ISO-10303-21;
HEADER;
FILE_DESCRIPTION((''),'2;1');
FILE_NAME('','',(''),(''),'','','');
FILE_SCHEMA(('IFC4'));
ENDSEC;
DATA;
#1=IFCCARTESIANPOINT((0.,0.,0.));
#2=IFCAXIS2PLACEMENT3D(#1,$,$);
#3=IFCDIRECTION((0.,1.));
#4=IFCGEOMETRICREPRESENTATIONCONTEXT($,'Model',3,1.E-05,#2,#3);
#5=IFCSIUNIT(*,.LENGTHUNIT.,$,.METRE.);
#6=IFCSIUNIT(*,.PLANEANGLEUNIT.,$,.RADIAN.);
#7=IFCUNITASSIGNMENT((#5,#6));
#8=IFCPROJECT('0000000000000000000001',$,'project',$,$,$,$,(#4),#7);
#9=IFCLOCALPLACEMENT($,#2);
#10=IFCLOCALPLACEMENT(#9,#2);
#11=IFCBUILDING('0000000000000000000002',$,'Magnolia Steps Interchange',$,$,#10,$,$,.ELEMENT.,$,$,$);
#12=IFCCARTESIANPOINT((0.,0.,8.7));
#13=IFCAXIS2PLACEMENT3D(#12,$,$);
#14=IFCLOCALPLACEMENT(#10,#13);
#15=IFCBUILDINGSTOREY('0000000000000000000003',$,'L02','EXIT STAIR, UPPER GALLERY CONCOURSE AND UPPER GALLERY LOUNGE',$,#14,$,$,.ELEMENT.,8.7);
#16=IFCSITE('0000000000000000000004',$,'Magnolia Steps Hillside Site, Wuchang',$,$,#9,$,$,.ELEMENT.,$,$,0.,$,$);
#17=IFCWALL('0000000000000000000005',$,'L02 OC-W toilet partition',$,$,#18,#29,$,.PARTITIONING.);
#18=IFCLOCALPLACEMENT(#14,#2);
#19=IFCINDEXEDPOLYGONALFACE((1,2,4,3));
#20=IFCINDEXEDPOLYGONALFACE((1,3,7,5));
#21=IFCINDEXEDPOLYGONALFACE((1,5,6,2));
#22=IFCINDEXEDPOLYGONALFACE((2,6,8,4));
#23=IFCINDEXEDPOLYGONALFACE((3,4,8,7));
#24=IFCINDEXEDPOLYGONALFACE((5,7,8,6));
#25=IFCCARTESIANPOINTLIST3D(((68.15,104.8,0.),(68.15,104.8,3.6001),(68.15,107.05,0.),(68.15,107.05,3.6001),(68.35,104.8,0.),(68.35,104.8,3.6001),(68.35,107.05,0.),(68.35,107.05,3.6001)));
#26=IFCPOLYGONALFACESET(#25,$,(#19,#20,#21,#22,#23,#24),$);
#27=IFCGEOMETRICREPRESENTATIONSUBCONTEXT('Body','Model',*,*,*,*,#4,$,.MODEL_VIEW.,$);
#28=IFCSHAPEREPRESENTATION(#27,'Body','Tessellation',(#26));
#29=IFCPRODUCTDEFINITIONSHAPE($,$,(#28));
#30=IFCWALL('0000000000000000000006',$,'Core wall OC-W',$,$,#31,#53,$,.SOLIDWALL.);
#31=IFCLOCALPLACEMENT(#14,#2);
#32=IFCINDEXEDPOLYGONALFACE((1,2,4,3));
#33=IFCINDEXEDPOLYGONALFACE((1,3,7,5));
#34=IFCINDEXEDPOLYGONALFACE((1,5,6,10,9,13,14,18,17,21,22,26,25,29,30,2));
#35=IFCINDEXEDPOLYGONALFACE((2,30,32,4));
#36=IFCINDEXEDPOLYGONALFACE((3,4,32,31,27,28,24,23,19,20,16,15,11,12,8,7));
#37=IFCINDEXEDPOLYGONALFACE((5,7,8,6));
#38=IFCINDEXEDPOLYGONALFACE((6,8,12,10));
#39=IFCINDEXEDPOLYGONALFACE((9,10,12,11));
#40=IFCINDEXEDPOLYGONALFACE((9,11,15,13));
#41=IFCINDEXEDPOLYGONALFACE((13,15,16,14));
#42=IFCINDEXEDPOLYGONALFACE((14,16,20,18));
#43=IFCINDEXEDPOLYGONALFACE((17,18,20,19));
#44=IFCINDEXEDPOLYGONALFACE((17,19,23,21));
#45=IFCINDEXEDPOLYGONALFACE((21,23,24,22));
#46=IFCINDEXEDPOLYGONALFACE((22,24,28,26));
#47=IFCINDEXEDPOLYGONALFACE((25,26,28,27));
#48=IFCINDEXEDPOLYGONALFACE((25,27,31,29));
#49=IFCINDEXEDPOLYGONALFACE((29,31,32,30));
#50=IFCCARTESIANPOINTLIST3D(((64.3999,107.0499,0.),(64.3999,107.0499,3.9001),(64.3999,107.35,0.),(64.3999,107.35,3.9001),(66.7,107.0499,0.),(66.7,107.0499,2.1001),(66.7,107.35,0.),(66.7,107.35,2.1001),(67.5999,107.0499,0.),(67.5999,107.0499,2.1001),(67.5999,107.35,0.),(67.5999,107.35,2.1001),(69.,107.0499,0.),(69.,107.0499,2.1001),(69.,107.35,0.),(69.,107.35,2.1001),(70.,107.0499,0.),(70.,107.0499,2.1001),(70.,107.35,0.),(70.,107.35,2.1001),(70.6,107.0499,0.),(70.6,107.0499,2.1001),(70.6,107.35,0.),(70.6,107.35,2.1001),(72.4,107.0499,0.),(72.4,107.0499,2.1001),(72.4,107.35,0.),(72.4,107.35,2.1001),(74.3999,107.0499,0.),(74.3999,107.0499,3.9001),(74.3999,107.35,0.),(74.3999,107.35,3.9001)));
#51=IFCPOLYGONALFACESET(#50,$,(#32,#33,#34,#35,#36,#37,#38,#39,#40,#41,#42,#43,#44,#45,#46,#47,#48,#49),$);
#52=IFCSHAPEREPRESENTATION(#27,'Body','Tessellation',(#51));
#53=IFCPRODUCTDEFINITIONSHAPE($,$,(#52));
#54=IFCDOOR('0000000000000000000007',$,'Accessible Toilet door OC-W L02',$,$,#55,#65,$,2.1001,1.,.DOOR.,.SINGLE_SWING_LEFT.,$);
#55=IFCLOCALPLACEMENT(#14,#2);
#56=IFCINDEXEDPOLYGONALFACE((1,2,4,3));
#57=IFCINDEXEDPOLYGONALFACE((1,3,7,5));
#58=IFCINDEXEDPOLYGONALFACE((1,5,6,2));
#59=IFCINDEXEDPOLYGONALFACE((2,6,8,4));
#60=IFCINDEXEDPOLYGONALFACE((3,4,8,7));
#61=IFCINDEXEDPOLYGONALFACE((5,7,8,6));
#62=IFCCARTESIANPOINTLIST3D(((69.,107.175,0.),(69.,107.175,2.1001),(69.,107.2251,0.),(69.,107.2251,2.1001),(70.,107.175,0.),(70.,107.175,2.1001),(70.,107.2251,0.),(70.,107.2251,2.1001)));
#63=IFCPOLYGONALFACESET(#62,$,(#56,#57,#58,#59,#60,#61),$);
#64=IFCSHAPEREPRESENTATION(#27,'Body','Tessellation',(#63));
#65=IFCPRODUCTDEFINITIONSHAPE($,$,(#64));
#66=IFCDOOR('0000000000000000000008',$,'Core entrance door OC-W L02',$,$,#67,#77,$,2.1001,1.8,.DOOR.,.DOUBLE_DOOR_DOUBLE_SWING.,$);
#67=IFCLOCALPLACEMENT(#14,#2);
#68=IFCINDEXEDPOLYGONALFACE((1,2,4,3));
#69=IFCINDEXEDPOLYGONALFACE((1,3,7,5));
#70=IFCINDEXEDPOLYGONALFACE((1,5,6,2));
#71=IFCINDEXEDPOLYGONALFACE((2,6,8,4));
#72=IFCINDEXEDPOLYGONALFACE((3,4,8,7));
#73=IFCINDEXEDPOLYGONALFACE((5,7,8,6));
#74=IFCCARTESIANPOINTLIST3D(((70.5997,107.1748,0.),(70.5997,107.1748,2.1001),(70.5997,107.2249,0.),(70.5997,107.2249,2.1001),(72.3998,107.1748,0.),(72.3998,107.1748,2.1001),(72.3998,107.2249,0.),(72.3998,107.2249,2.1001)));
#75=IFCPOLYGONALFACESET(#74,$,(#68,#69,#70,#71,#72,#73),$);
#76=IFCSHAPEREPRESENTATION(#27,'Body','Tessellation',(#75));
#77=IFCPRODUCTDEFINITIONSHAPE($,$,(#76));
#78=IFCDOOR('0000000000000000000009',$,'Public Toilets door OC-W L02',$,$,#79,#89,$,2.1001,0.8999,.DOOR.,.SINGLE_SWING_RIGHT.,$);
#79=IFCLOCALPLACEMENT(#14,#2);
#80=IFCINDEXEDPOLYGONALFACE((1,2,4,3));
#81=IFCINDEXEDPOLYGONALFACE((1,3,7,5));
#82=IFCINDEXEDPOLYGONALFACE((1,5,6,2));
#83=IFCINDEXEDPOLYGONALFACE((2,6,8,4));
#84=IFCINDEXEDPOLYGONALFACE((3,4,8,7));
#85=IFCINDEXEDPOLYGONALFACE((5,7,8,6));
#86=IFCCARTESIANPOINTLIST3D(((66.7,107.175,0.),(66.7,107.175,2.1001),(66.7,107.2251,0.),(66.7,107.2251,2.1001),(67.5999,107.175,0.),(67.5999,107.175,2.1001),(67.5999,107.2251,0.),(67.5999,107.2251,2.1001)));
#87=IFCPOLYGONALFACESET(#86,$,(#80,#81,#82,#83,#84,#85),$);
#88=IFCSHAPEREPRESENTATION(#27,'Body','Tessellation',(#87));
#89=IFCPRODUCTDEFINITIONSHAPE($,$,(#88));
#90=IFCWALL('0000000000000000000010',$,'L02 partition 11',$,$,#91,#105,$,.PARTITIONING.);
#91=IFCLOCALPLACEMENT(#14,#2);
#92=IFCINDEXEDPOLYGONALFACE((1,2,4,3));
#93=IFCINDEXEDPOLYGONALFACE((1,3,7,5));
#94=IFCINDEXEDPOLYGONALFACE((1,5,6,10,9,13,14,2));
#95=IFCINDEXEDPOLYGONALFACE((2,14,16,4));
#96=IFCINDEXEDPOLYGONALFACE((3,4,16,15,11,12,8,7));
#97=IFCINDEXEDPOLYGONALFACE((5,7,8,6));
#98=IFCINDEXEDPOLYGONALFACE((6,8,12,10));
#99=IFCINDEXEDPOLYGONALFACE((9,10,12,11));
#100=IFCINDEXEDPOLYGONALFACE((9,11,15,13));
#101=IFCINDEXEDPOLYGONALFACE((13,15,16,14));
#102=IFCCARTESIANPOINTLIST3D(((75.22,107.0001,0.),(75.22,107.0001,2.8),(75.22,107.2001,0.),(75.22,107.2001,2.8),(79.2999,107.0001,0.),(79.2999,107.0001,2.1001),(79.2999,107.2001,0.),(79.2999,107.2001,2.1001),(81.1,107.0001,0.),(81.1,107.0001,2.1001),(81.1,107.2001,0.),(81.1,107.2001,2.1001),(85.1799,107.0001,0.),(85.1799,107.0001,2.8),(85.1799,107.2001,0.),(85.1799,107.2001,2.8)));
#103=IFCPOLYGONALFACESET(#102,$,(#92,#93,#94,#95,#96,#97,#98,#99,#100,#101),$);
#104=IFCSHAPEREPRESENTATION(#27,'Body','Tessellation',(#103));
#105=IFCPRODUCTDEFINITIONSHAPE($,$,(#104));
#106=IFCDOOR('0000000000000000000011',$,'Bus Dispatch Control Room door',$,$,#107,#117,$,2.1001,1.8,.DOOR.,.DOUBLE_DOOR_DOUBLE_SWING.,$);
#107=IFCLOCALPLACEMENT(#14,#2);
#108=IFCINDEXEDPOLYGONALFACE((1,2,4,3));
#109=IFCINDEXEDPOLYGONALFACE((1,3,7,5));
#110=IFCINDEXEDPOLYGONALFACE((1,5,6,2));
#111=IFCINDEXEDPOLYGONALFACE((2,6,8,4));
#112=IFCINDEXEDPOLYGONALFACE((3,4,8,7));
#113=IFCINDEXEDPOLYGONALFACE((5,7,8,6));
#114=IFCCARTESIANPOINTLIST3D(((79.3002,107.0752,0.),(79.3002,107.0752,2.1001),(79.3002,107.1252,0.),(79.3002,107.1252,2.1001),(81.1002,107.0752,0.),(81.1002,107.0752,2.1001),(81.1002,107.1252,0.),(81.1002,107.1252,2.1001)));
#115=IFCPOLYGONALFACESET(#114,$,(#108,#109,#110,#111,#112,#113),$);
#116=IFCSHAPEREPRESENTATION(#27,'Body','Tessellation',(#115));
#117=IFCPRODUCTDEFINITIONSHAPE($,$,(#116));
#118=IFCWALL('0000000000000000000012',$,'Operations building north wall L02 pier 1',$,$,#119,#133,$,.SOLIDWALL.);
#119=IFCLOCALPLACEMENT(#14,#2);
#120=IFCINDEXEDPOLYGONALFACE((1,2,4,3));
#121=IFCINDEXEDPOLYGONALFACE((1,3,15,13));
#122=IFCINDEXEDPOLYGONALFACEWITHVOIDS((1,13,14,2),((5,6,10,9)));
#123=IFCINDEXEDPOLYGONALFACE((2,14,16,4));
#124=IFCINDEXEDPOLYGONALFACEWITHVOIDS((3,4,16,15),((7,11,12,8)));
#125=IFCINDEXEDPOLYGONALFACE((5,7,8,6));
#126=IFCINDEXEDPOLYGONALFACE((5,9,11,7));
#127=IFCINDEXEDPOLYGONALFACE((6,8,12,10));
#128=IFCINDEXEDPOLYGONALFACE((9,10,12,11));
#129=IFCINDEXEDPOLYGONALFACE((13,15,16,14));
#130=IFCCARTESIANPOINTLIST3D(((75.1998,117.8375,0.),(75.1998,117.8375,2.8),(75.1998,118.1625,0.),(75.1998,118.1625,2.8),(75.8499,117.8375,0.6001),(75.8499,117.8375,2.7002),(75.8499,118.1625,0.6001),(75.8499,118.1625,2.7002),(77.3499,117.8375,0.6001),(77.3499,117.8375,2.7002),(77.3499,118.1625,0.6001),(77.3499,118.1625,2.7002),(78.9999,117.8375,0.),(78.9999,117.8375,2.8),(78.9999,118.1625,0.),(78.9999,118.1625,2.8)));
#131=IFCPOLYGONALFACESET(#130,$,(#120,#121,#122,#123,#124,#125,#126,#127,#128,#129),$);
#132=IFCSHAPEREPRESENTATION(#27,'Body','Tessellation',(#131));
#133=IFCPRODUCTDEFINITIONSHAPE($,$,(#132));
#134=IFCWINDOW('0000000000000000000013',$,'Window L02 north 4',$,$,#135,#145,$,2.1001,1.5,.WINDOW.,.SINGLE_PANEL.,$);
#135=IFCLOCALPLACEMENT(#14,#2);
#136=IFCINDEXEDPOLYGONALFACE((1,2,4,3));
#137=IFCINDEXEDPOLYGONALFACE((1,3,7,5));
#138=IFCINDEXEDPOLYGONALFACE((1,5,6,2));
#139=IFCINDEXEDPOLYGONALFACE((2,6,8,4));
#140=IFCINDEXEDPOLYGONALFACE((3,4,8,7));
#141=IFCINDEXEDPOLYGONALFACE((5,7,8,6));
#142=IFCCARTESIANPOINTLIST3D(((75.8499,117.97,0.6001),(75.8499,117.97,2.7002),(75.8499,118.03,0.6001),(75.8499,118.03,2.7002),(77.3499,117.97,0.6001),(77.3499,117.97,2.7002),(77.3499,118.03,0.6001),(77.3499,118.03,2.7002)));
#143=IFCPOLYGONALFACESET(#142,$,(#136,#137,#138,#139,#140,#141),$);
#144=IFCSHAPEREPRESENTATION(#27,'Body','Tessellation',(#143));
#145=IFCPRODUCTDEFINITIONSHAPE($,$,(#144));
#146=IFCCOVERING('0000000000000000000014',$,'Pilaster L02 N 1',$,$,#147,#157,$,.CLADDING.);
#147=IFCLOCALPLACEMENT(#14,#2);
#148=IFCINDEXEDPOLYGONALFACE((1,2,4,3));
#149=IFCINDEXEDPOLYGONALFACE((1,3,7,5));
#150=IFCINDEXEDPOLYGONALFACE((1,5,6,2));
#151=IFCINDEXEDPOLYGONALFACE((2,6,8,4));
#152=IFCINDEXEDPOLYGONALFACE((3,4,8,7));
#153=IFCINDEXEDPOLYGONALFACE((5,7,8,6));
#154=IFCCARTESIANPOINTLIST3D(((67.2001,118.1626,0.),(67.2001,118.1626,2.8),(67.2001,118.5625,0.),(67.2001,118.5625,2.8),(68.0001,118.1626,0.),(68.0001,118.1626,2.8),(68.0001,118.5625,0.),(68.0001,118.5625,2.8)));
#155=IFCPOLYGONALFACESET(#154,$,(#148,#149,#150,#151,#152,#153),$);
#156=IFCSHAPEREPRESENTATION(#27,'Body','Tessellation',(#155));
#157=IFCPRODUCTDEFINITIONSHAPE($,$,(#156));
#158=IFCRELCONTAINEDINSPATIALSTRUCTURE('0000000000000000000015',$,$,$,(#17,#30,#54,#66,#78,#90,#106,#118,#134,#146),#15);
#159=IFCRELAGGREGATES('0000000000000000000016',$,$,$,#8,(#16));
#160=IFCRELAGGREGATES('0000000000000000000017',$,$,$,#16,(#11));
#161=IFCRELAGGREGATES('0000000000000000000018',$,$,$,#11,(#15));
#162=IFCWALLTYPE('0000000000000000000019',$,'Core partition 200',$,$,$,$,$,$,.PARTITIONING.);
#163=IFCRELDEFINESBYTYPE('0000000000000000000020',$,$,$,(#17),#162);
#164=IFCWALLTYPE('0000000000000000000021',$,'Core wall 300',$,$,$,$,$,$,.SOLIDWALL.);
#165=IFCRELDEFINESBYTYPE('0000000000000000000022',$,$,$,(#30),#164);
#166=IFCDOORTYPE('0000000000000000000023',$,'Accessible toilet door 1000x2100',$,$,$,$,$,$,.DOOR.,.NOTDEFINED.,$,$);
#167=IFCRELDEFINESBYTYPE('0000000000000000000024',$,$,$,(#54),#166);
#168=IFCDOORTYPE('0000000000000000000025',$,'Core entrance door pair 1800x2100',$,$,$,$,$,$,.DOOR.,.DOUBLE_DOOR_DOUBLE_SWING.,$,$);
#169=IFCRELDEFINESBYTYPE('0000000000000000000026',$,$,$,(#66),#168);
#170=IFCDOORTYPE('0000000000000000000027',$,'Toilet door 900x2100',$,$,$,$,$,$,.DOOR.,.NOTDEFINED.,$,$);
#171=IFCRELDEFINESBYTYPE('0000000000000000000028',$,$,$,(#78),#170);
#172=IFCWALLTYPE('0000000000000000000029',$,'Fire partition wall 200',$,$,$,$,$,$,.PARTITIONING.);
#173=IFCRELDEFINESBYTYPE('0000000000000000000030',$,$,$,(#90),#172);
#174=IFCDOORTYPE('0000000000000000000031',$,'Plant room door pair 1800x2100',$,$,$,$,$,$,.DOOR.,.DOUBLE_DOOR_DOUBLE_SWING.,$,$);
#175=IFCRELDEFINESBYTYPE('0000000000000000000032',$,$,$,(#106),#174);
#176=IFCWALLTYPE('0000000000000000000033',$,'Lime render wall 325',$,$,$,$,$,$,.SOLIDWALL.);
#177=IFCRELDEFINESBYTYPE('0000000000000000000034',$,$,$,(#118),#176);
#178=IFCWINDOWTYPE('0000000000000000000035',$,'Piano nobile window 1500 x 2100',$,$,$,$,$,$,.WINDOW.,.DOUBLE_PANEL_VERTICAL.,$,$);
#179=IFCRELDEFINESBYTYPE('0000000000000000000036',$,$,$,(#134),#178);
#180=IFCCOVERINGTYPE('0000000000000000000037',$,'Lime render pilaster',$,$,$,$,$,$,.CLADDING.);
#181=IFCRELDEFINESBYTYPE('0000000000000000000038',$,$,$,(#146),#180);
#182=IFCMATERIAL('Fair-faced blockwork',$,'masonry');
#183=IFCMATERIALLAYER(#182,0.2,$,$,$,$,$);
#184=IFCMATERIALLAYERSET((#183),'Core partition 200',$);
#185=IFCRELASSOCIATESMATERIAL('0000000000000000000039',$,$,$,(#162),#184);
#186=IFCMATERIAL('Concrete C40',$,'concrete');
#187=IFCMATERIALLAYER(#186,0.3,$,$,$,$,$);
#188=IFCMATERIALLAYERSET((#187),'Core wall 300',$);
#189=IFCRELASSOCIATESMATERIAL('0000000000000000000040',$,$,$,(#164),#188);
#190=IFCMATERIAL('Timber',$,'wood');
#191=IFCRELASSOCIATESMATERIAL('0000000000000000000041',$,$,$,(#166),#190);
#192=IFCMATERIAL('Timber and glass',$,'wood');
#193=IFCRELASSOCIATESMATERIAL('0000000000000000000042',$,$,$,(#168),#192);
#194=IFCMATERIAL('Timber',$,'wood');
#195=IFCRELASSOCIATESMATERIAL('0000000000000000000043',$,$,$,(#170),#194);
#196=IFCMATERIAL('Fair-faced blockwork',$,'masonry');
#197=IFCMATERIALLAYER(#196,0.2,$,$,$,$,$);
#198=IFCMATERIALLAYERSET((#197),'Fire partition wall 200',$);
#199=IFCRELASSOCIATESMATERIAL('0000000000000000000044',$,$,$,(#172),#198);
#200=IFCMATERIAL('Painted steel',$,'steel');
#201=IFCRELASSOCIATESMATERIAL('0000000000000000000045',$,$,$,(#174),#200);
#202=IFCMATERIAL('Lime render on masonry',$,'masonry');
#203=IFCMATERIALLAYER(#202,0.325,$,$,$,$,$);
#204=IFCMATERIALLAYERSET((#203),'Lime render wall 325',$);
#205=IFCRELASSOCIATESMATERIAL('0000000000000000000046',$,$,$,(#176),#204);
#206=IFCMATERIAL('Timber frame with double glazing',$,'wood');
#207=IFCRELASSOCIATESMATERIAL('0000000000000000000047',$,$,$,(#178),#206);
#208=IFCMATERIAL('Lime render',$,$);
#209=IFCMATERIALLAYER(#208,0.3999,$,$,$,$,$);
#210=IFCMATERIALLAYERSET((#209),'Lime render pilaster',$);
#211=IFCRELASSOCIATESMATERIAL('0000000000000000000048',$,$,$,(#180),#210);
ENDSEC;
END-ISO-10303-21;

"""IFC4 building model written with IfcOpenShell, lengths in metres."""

from ifc_helpers import new_model, si_unit, direction, frame, frame_2d, origin, origin_2d, place, context, subcontext, project, spatial, rectangle, extrude, material, layer, layer_set, type_object, element, fill, save


model = new_model("IFC4")

# Units and contexts
model_context = context("Model", 3, precision=1e-05, world=origin(), true_north=direction((0.0, 1.0)))
body_context = subcontext(model_context, "Body", "Model", "MODEL_VIEW")
ifc_project = project(units=[si_unit("LENGTHUNIT", "METRE"), si_unit("PLANEANGLEUNIT", "RADIAN")], contexts=[model_context])

# Site, building, storey
site_placement = place(None, origin())
site = spatial("IfcSite", under=ifc_project, at=site_placement, Name="Magnolia Steps Hillside Site, Wuchang", CompositionType="ELEMENT", RefElevation=0.0)
building_placement = place(site_placement, origin())
building = spatial("IfcBuilding", under=site, at=building_placement, Name="Magnolia Steps Interchange", CompositionType="ELEMENT")
storey_placement = place(building_placement, frame((0.0, 0.0, 8.7)))
storey = spatial("IfcBuildingStorey", under=building, at=storey_placement, Name="L02", Description="EXIT STAIR, UPPER GALLERY CONCOURSE AND UPPER GALLERY LOUNGE", CompositionType="ELEMENT", Elevation=8.7)

# Wall
ifc_material_1 = material(Name="Fair-faced blockwork", Category="masonry")
ifc_layer_1 = layer(ifc_material_1, 0.2)
ifc_layer_set_1 = layer_set([ifc_layer_1], Name="Core partition 200")
wall_type_1 = type_object("IfcWallType", Name="Core partition 200", PredefinedType="PARTITIONING", material=ifc_layer_set_1)
wall_1_placement = place(storey_placement, frame((68.25, 104.8, 0.0), z_axis=(0.0, 0.0, 1.0), x_axis=(0.0, 1.0, 0.0)))
element("IfcWall", 1, at=wall_1_placement, inside=storey, type_object=wall_type_1, Name="L02 OC-W toilet partition", PredefinedType="PARTITIONING", context=body_context, shape_type="SweptSolid", body=[
    extrude(rectangle(XDim=2.25, YDim=0.2, at=frame_2d((1.125, 0.0))), origin(), (0.0, 0.0, 1.0), 3.6001),
])

# Wall, openings, doors
ifc_material_2 = material(Name="Concrete C40", Category="concrete")
ifc_layer_2 = layer(ifc_material_2, 0.3)
ifc_layer_set_2 = layer_set([ifc_layer_2], Name="Core wall 300")
wall_type_2 = type_object("IfcWallType", Name="Core wall 300", PredefinedType="SOLIDWALL", material=ifc_layer_set_2)
wall_2_placement = place(storey_placement, frame((74.3999, 107.2, 0.0), z_axis=(0.0, 0.0, 1.0), x_axis=(-1.0, 0.0, 0.0)))
wall_2 = element("IfcWall", 2, at=wall_2_placement, inside=storey, type_object=wall_type_2, Name="Core wall OC-W", PredefinedType="SOLIDWALL", context=body_context, shape_type="SweptSolid", body=[
    extrude(rectangle(XDim=10.0, YDim=0.3, at=frame_2d((5.0, 0.0))), origin(), (0.0, 0.0, 1.0), 3.9001),
])
opening_1_placement = place(wall_2_placement, frame((2.0, 0.0, 0.0)))
opening_1 = element("IfcOpeningElement", 3, at=opening_1_placement, cuts=wall_2, PredefinedType="OPENING", context=body_context, shape_type="SweptSolid", body=[
    extrude(rectangle(XDim=1.8, YDim=2.1001, at=frame_2d((0.8999, 1.05))), frame((0.0, 0.1599, 0.0), z_axis=(0.0, -1.0, 0.0), x_axis=(1.0, 0.0, 0.0)), (0.0, 0.0, 1.0), 0.3201),
])
opening_2_placement = place(wall_2_placement, frame((4.3999, 0.0, 0.0)))
opening_2 = element("IfcOpeningElement", 4, at=opening_2_placement, cuts=wall_2, PredefinedType="OPENING", context=body_context, shape_type="SweptSolid", body=[
    extrude(rectangle(XDim=1.0, YDim=2.1001, at=frame_2d((0.5, 1.05))), frame((0.0, 0.1599, 0.0), z_axis=(0.0, -1.0, 0.0), x_axis=(1.0, 0.0, 0.0)), (0.0, 0.0, 1.0), 0.3201),
])
opening_3_placement = place(wall_2_placement, frame((6.8, 0.0, 0.0)))
opening_3 = element("IfcOpeningElement", 5, at=opening_3_placement, cuts=wall_2, PredefinedType="OPENING", context=body_context, shape_type="SweptSolid", body=[
    extrude(rectangle(XDim=0.8999, YDim=2.1001, at=frame_2d((0.45, 1.05))), frame((0.0, 0.1599, 0.0), z_axis=(0.0, -1.0, 0.0), x_axis=(1.0, 0.0, 0.0)), (0.0, 0.0, 1.0), 0.3201),
])
ifc_material_3 = material(Name="Timber", Category="wood")
door_type_1 = type_object("IfcDoorType", Name="Accessible toilet door 1000x2100", OperationType="NOTDEFINED", PredefinedType="DOOR", material=ifc_material_3)
door_1_placement = place(opening_2_placement, origin())
door_1 = element("IfcDoor", 6, at=door_1_placement, inside=storey, type_object=door_type_1, Name="Accessible Toilet door OC-W L02", OperationType="SINGLE_SWING_LEFT", OverallHeight=2.1001, OverallWidth=1.0, PredefinedType="DOOR", context=body_context, shape_type="SweptSolid", body=[
    extrude(rectangle(XDim=1.0, YDim=2.1001, at=frame_2d((0.5, 1.05))), frame((0.0, 0.0249, 0.0), z_axis=(0.0, -1.0, 0.0), x_axis=(1.0, 0.0, 0.0)), (0.0, 0.0, 1.0), 0.05),
])
fill(opening_2, door_1)
ifc_material_4 = material(Name="Timber and glass", Category="wood")
door_type_2 = type_object("IfcDoorType", Name="Core entrance door pair 1800x2100", OperationType="DOUBLE_DOOR_DOUBLE_SWING", PredefinedType="DOOR", material=ifc_material_4)
door_2_placement = place(opening_1_placement, frame((1.8, 0.0, 0.0), z_axis=(0.0, 0.0, 1.0), x_axis=(-1.0, 0.0, 0.0)))
door_2 = element("IfcDoor", 7, at=door_2_placement, inside=storey, type_object=door_type_2, Name="Core entrance door OC-W L02", OperationType="DOUBLE_DOOR_DOUBLE_SWING", OverallHeight=2.1001, OverallWidth=1.8, PredefinedType="DOOR", context=body_context, shape_type="SweptSolid", body=[
    extrude(rectangle(XDim=1.8, YDim=2.1001, at=frame_2d((0.8999, 1.05))), frame((0.0, 0.0249, 0.0), z_axis=(0.0, -1.0, 0.0), x_axis=(1.0, 0.0, 0.0)), (0.0, 0.0, 1.0), 0.05),
])
fill(opening_1, door_2)
ifc_material_5 = material(Name="Timber", Category="wood")
door_type_3 = type_object("IfcDoorType", Name="Toilet door 900x2100", OperationType="NOTDEFINED", PredefinedType="DOOR", material=ifc_material_5)
door_3_placement = place(opening_3_placement, origin())
door_3 = element("IfcDoor", 8, at=door_3_placement, inside=storey, type_object=door_type_3, Name="Public Toilets door OC-W L02", OperationType="SINGLE_SWING_RIGHT", OverallHeight=2.1001, OverallWidth=0.8999, PredefinedType="DOOR", context=body_context, shape_type="SweptSolid", body=[
    extrude(rectangle(XDim=0.8999, YDim=2.1001, at=frame_2d((0.45, 1.05))), frame((0.0, 0.0249, 0.0), z_axis=(0.0, -1.0, 0.0), x_axis=(1.0, 0.0, 0.0)), (0.0, 0.0, 1.0), 0.05),
])
fill(opening_3, door_3)

# Wall, opening, door
ifc_material_6 = material(Name="Fair-faced blockwork", Category="masonry")
ifc_layer_3 = layer(ifc_material_6, 0.2)
ifc_layer_set_3 = layer_set([ifc_layer_3], Name="Fire partition wall 200")
wall_type_3 = type_object("IfcWallType", Name="Fire partition wall 200", PredefinedType="PARTITIONING", material=ifc_layer_set_3)
wall_3_placement = place(storey_placement, frame((75.22, 107.1001, 0.0), z_axis=(0.0, 0.0, 1.0), x_axis=(1.0, 0.0, 0.0)))
wall_3 = element("IfcWall", 9, at=wall_3_placement, inside=storey, type_object=wall_type_3, Name="L02 partition 11", PredefinedType="PARTITIONING", context=body_context, shape_type="SweptSolid", body=[
    extrude(rectangle(XDim=9.96, YDim=0.2, at=frame_2d((4.98, 0.0))), origin(), (0.0, 0.0, 1.0), 2.8),
])
opening_4_placement = place(wall_3_placement, frame((4.0801, 0.0, 0.0)))
opening_4 = element("IfcOpeningElement", 10, at=opening_4_placement, cuts=wall_3, PredefinedType="OPENING", context=body_context, shape_type="SweptSolid", body=[
    extrude(rectangle(XDim=1.8, YDim=2.1001, at=frame_2d((0.8999, 1.05))), frame((0.0, 0.1099, 0.0), z_axis=(0.0, -1.0, 0.0), x_axis=(1.0, 0.0, 0.0)), (0.0, 0.0, 1.0), 0.22),
])
ifc_material_7 = material(Name="Painted steel", Category="steel")
door_type_4 = type_object("IfcDoorType", Name="Plant room door pair 1800x2100", OperationType="DOUBLE_DOOR_DOUBLE_SWING", PredefinedType="DOOR", material=ifc_material_7)
door_4_placement = place(opening_4_placement, frame((1.8, 0.0, 0.0), z_axis=(0.0, 0.0, 1.0), x_axis=(-1.0, 0.0, 0.0)))
door_4 = element("IfcDoor", 11, at=door_4_placement, inside=storey, type_object=door_type_4, Name="Bus Dispatch Control Room door", OperationType="DOUBLE_DOOR_DOUBLE_SWING", OverallHeight=2.1001, OverallWidth=1.8, PredefinedType="DOOR", context=body_context, shape_type="SweptSolid", body=[
    extrude(rectangle(XDim=1.8, YDim=2.1001, at=frame_2d((0.8999, 1.05))), frame((0.0, 0.0249, 0.0), z_axis=(0.0, -1.0, 0.0), x_axis=(1.0, 0.0, 0.0)), (0.0, 0.0, 1.0), 0.05),
])
fill(opening_4, door_4)

# Wall, opening, window
ifc_material_8 = material(Name="Lime render on masonry", Category="masonry")
ifc_layer_4 = layer(ifc_material_8, 0.325)
ifc_layer_set_4 = layer_set([ifc_layer_4], Name="Lime render wall 325")
wall_type_4 = type_object("IfcWallType", Name="Lime render wall 325", PredefinedType="SOLIDWALL", material=ifc_layer_set_4)
wall_4_placement = place(storey_placement, frame((75.2, 118.0, 0.0), z_axis=(0.0, 0.0, 1.0), x_axis=(1.0, 0.0, 0.0)))
wall_4 = element("IfcWall", 12, at=wall_4_placement, inside=storey, type_object=wall_type_4, Name="Operations building north wall L02 pier 1", PredefinedType="SOLIDWALL", context=body_context, shape_type="SweptSolid", body=[
    extrude(rectangle(XDim=3.8, YDim=0.325, at=frame_2d((1.8999, 0.0))), origin(), (0.0, 0.0, 1.0), 2.8),
])
opening_5_placement = place(wall_4_placement, frame((0.6499, 0.0, 0.6001)))
opening_5 = element("IfcOpeningElement", 13, at=opening_5_placement, cuts=wall_4, PredefinedType="OPENING", context=body_context, shape_type="SweptSolid", body=[
    extrude(rectangle(XDim=1.5, YDim=2.1001, at=frame_2d((0.75, 1.05))), frame((0.0, 0.1724, 0.0), z_axis=(0.0, -1.0, 0.0), x_axis=(1.0, 0.0, 0.0)), (0.0, 0.0, 1.0), 0.345),
])
ifc_material_9 = material(Name="Timber frame with double glazing", Category="wood")
window_type = type_object("IfcWindowType", Name="Piano nobile window 1500 x 2100", PartitioningType="DOUBLE_PANEL_VERTICAL", PredefinedType="WINDOW", material=ifc_material_9)
window_placement = place(opening_5_placement, origin())
window = element("IfcWindow", 14, at=window_placement, inside=storey, type_object=window_type, Name="Window L02 north 4", OverallHeight=2.1001, OverallWidth=1.5, PartitioningType="SINGLE_PANEL", PredefinedType="WINDOW", context=body_context, shape_type="SweptSolid", body=[
    extrude(rectangle(XDim=1.5, YDim=2.1001, at=frame_2d((0.75, 1.05))), frame((0.0, 0.03, 0.0), z_axis=(0.0, -1.0, 0.0), x_axis=(1.0, 0.0, 0.0)), (0.0, 0.0, 1.0), 0.0601),
])
fill(opening_5, window)

# Covering
ifc_material_10 = material(Name="Lime render")
ifc_layer_5 = layer(ifc_material_10, 0.3999)
ifc_layer_set_5 = layer_set([ifc_layer_5], Name="Lime render pilaster")
covering_type_1 = type_object("IfcCoveringType", Name="Lime render pilaster", PredefinedType="CLADDING", material=ifc_layer_set_5)
for number, where, z_axis, x_axis, name in (
    (15, (67.6001, 118.3625, 0.0), (0.0, 0.0, 1.0), (1.0, 0.0, 0.0), "Pilaster L02 N 1"),
):
    element("IfcCovering", number, at=place(storey_placement, frame(where, z_axis=z_axis, x_axis=x_axis)), inside=storey, type_object=covering_type_1, Name=name, PredefinedType="CLADDING", context=body_context, shape_type="SweptSolid", body=[
        extrude(rectangle(XDim=0.8, YDim=0.3999, at=origin_2d()), origin(), (0.0, 0.0, 1.0), 2.8),
    ])

save(model, "model.ifc")
